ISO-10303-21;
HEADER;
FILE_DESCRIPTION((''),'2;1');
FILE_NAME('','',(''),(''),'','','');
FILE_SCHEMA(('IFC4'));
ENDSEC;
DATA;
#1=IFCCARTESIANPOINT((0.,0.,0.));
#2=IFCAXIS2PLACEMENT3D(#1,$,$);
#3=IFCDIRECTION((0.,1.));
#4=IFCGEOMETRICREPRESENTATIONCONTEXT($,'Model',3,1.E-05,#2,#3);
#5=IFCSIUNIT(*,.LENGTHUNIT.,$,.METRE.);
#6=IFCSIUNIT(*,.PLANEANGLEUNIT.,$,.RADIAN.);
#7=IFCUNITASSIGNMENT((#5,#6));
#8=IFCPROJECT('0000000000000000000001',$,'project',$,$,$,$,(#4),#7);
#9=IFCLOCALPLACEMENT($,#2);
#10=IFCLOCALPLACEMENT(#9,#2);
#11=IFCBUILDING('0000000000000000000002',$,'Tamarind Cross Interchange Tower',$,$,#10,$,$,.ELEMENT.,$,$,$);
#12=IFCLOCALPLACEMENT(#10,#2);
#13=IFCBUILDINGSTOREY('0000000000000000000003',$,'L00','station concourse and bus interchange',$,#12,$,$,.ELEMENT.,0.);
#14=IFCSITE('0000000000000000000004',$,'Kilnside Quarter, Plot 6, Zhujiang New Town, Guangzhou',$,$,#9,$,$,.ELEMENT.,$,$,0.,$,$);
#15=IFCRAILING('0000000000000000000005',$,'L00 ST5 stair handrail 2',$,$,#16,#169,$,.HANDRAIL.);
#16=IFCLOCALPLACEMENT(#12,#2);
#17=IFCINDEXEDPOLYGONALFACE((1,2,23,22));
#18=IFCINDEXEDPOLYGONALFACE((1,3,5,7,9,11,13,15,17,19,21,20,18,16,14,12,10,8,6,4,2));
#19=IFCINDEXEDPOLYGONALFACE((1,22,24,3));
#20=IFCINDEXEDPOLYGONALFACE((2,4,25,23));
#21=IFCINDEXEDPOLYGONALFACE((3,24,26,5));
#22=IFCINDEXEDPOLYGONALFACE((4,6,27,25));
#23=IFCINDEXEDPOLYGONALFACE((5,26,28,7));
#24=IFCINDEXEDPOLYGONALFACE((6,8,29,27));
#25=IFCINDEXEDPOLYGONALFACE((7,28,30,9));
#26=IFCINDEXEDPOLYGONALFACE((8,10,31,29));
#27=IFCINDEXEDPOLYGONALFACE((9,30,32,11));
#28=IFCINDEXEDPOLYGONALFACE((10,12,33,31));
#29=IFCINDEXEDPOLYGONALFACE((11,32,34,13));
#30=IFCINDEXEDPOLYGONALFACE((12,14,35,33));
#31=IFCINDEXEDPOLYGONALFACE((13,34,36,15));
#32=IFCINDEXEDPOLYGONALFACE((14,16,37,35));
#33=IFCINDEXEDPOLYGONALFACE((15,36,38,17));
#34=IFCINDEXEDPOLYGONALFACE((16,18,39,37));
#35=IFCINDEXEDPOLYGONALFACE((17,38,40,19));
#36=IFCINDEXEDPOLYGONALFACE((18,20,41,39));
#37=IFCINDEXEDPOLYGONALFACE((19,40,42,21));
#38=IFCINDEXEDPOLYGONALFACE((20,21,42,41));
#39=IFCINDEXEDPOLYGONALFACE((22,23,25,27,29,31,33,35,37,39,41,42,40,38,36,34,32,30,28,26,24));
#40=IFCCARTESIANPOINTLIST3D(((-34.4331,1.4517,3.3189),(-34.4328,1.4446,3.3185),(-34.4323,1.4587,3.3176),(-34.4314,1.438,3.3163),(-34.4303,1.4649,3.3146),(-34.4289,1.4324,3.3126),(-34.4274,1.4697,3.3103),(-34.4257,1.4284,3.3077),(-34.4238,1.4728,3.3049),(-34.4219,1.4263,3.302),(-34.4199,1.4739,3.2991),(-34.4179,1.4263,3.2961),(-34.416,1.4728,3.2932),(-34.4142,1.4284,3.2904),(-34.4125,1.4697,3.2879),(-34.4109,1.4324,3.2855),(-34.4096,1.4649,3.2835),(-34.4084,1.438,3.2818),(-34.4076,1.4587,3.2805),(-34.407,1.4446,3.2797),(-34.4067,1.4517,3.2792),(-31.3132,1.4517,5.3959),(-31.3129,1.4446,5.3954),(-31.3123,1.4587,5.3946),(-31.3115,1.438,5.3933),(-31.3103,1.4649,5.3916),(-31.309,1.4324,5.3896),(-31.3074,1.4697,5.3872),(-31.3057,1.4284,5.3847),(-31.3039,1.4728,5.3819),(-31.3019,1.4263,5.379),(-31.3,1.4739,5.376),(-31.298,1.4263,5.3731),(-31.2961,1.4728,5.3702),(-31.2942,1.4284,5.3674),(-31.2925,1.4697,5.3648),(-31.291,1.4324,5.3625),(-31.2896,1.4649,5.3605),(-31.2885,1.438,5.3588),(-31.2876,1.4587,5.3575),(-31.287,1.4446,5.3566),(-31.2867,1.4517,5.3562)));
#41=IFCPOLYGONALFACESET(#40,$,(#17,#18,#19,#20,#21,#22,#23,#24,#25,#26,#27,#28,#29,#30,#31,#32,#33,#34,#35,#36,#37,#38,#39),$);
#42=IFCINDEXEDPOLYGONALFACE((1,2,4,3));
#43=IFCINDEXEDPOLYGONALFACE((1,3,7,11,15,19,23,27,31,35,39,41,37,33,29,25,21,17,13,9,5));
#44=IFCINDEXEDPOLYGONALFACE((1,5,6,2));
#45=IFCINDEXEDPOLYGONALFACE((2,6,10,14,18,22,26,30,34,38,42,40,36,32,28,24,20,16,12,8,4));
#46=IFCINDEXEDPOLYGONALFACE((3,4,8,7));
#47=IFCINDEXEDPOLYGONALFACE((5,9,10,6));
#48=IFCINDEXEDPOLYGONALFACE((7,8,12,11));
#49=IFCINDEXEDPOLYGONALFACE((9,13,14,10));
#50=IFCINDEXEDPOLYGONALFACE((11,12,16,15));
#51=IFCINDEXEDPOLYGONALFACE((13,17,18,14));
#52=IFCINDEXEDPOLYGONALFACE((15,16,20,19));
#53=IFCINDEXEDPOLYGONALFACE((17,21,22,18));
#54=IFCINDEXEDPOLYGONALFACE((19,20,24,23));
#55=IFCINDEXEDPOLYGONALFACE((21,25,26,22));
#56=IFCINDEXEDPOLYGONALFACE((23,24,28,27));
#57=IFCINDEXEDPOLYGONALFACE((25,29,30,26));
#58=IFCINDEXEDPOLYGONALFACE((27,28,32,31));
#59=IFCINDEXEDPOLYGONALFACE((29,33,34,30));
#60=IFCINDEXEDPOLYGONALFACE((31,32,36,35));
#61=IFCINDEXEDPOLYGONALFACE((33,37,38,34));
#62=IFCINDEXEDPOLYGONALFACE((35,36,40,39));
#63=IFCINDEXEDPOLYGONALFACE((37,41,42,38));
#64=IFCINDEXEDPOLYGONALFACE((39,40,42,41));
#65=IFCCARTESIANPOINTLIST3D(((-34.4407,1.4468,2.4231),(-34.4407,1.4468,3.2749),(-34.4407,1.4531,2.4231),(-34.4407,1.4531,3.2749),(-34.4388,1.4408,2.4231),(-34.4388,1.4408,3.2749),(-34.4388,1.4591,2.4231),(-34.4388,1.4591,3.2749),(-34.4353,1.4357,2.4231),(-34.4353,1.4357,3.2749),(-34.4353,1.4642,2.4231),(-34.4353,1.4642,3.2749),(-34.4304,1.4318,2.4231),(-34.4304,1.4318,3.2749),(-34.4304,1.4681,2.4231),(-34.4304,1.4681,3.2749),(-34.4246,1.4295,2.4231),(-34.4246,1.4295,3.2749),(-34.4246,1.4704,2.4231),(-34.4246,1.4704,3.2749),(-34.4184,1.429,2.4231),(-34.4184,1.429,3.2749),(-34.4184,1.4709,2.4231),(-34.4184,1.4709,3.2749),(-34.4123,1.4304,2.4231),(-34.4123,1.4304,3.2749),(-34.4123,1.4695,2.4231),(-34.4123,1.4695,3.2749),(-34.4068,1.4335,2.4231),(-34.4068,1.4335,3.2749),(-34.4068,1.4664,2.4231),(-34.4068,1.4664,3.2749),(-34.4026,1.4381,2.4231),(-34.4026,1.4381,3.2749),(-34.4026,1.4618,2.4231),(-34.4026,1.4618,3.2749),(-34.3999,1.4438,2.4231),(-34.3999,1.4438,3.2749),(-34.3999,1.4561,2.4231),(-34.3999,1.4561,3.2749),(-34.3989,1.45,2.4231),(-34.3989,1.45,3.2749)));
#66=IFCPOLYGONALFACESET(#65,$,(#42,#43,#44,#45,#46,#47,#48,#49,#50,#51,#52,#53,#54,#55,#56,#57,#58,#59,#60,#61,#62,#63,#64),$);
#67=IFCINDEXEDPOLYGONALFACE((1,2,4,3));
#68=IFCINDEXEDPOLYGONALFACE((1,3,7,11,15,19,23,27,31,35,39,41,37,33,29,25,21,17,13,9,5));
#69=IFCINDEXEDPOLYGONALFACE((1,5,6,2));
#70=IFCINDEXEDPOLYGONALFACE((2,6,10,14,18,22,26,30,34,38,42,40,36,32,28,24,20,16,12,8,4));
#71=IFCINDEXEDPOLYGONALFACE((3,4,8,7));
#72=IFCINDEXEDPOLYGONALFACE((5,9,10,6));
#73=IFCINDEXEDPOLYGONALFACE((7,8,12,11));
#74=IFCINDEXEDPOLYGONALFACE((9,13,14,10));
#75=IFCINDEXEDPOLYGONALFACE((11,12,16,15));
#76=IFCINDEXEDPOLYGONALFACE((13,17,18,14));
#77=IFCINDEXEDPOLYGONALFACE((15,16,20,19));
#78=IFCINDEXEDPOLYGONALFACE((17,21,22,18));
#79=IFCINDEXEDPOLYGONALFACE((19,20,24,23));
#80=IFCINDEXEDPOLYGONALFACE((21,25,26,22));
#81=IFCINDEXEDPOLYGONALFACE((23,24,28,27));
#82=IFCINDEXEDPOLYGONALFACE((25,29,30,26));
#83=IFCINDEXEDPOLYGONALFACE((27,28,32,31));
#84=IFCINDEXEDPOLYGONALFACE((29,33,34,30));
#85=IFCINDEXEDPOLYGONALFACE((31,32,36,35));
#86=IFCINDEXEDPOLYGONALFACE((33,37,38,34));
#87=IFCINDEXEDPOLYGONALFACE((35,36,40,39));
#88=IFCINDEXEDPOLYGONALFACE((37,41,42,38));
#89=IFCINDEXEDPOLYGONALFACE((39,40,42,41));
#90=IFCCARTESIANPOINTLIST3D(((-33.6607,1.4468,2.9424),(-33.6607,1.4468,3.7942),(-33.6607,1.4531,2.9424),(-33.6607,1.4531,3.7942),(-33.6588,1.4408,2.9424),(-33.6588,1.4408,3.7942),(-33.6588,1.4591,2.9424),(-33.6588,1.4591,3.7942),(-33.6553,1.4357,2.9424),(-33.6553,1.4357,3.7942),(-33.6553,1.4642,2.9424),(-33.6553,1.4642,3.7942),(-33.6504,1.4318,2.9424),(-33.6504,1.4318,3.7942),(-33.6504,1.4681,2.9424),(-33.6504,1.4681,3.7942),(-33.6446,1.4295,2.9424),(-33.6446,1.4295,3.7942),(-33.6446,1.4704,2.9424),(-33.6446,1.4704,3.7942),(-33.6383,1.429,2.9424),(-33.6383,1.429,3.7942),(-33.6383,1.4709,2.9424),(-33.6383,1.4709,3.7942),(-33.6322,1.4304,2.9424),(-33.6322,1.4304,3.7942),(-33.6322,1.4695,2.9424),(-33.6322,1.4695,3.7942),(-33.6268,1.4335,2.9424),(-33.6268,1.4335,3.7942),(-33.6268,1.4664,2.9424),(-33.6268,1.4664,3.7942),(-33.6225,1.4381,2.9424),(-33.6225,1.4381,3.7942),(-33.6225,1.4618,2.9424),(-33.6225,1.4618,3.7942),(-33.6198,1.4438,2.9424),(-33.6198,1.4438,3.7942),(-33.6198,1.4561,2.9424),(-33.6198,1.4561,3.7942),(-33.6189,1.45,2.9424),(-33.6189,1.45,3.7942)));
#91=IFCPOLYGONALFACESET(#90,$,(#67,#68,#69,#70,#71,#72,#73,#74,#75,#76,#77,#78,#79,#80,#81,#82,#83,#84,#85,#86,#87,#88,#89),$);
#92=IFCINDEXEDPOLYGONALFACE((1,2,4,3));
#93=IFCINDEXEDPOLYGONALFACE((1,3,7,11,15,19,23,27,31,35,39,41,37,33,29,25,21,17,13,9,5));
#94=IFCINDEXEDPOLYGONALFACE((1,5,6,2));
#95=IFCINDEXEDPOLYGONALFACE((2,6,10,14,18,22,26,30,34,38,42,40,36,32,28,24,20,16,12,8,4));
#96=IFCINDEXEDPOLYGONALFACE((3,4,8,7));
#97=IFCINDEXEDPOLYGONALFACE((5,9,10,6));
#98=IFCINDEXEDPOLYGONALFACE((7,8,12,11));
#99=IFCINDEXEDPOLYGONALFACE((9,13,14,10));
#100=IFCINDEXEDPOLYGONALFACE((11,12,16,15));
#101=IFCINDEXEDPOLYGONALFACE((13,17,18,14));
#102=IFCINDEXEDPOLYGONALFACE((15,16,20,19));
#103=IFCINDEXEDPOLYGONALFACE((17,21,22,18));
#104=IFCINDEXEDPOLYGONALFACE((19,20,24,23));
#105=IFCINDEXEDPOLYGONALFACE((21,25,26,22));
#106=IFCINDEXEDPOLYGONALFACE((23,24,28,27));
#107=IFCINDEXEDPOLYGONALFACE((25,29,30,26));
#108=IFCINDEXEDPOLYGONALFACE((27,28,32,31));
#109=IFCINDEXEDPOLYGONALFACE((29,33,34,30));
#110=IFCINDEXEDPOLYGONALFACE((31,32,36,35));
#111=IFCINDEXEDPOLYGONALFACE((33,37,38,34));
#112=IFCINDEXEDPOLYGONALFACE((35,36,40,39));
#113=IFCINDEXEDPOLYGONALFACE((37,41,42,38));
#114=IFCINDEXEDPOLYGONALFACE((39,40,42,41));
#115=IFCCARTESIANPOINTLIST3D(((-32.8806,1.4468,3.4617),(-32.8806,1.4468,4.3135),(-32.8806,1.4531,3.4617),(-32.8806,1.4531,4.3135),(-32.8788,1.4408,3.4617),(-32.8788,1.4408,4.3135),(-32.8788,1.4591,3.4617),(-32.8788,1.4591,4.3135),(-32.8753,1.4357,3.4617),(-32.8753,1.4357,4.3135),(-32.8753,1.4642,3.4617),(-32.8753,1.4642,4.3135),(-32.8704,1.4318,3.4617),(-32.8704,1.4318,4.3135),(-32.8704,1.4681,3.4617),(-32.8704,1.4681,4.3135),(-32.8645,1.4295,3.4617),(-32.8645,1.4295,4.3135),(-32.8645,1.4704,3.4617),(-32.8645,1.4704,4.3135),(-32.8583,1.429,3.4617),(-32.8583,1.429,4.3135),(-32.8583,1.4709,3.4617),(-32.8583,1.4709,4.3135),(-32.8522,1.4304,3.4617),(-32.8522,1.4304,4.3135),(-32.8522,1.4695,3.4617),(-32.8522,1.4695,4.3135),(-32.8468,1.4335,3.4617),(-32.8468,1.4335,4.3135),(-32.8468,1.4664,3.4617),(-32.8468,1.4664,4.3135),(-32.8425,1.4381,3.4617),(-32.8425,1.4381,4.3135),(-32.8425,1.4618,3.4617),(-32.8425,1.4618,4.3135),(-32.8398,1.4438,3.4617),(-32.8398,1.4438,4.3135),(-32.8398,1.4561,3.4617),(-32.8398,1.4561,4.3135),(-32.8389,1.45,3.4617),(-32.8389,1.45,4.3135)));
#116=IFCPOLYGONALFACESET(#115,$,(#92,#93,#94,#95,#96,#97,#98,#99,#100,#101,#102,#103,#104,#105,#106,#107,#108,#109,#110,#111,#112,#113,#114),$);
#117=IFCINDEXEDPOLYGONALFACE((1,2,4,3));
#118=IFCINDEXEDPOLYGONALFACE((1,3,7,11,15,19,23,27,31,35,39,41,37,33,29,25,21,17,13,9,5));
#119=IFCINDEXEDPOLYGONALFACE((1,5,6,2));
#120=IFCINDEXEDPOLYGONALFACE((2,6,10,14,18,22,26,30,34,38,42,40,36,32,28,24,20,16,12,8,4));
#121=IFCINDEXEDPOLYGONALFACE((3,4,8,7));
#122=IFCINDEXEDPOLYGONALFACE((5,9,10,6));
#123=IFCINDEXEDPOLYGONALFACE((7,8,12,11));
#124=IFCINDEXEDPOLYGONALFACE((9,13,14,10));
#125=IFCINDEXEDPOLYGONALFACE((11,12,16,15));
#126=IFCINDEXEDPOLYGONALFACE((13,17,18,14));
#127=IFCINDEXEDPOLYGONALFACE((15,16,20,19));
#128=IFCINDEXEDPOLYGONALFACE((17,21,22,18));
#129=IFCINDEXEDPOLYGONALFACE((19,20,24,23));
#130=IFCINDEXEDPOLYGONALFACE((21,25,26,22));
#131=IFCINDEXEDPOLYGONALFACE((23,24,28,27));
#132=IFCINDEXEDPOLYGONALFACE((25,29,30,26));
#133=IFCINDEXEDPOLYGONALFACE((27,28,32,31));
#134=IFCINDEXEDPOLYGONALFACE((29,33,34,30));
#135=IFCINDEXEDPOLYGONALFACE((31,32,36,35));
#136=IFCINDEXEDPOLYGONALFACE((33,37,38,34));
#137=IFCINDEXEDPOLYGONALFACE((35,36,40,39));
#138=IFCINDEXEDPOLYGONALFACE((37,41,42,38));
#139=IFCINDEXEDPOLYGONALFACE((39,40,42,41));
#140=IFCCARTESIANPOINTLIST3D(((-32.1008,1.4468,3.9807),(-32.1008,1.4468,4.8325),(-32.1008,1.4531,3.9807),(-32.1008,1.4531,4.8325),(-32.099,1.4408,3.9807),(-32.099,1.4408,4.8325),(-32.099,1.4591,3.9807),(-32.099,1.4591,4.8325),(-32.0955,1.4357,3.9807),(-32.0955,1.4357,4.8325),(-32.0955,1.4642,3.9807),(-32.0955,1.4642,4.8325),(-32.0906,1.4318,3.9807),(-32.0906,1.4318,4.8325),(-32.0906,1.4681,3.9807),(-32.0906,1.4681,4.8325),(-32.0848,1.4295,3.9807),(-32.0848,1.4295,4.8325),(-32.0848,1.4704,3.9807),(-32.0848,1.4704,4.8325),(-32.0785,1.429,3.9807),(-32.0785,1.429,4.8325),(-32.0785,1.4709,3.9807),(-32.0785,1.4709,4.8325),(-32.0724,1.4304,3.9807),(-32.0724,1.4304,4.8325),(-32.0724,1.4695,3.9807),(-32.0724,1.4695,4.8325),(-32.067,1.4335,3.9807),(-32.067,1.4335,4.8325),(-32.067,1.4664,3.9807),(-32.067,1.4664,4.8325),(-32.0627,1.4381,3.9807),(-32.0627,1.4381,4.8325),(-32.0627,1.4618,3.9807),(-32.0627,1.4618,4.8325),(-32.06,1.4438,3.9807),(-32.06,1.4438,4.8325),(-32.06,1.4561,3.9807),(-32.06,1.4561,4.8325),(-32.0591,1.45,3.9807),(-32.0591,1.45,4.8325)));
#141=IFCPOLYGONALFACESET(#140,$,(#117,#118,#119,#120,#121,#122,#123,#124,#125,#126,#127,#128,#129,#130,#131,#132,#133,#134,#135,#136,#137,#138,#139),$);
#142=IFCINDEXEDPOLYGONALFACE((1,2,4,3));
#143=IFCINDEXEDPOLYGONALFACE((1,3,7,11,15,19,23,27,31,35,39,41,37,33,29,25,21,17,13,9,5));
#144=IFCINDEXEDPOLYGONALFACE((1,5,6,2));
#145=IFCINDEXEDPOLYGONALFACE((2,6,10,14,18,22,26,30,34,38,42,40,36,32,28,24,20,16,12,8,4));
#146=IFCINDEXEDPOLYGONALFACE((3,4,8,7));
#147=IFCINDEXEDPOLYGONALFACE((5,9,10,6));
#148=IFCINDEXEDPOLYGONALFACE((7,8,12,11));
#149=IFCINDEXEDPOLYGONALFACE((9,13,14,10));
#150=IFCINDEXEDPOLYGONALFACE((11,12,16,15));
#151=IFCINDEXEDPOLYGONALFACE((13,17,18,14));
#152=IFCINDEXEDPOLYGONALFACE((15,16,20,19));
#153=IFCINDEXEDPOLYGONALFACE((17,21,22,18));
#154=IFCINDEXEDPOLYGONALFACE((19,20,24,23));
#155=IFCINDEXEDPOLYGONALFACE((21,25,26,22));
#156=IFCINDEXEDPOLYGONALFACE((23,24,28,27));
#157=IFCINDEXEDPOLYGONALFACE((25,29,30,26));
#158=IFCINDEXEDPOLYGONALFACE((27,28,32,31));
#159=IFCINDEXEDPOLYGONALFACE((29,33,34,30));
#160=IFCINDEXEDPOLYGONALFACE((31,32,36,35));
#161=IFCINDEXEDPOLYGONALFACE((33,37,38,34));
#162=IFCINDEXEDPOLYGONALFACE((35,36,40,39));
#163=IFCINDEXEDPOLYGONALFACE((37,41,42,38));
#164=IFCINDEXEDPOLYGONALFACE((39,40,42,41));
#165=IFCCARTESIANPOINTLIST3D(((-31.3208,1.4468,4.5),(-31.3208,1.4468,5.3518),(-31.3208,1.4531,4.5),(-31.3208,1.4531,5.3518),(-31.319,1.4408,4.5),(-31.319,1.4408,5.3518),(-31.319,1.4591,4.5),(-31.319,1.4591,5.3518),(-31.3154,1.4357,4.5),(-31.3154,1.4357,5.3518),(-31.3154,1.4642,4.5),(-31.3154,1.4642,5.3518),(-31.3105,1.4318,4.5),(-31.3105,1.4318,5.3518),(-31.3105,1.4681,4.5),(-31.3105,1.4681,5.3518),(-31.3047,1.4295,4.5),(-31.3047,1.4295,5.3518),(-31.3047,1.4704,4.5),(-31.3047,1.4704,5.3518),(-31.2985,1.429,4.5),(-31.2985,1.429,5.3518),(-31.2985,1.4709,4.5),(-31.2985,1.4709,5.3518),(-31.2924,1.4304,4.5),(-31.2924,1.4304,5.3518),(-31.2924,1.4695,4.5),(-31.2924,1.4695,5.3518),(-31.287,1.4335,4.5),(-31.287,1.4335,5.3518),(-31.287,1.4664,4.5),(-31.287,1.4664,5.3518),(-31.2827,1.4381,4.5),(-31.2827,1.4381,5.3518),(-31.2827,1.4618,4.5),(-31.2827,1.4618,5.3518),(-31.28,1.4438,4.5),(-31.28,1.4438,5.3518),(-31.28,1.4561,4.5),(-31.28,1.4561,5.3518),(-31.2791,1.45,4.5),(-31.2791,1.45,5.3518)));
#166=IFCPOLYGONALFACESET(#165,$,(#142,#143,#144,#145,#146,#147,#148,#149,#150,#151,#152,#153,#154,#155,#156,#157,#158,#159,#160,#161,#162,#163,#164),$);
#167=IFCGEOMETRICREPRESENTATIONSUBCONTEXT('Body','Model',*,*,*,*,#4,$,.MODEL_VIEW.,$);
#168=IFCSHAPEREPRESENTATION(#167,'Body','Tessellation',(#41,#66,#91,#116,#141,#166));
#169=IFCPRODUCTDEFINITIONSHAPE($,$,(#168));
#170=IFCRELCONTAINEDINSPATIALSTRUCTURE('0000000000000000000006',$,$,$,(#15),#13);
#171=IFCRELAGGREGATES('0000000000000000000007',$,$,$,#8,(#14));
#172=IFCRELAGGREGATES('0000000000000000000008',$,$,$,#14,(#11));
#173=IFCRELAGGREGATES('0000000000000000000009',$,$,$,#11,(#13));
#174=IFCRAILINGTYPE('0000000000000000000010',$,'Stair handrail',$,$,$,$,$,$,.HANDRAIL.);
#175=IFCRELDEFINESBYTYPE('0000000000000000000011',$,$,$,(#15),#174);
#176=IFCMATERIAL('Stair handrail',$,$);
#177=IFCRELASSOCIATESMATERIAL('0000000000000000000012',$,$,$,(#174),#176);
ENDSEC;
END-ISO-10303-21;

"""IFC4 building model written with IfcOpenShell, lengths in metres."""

from ifc_helpers import new_model, si_unit, direction, frame, origin, origin_2d, place, context, subcontext, project, spatial, circle, extrude, material, type_object, element, save


model = new_model("IFC4")

# Units and contexts
model_context = context("Model", 3, precision=1e-05, world=origin(), true_north=direction((0.0, 1.0)))
body_context = subcontext(model_context, "Body", "Model", "MODEL_VIEW")
ifc_project = project(units=[si_unit("LENGTHUNIT", "METRE"), si_unit("PLANEANGLEUNIT", "RADIAN")], contexts=[model_context])

# Site, building, storey
site_placement = place(None, origin())
site = spatial("IfcSite", under=ifc_project, at=site_placement, Name="Kilnside Quarter, Plot 6, Zhujiang New Town, Guangzhou", CompositionType="ELEMENT", RefElevation=0.0)
building_placement = place(site_placement, origin())
building = spatial("IfcBuilding", under=site, at=building_placement, Name="Tamarind Cross Interchange Tower", CompositionType="ELEMENT")
storey_placement = place(building_placement, origin())
storey = spatial("IfcBuildingStorey", under=building, at=storey_placement, Name="L00", Description="station concourse and bus interchange", CompositionType="ELEMENT", Elevation=0.0)

# Railing
ifc_material_1 = material(Name="Stair handrail")
railing_type_1 = type_object("IfcRailingType", Name="Stair handrail", PredefinedType="HANDRAIL", material=ifc_material_1)
for number, where, name in (
    (1, (-34.4199, 1.45, 2.4231), "L00 ST5 stair handrail 2"),
):
    element("IfcRailing", number, at=place(storey_placement, frame(where)), inside=storey, type_object=railing_type_1, Name=name, PredefinedType="HANDRAIL", context=body_context, shape_type="SweptSolid", body=[
        extrude(circle(Radius=0.0239, at=origin_2d()), frame((0.0, 0.0, 0.876), z_axis=(0.832421, 0.0, 0.554144), x_axis=(0.0, 1.0, 0.0)), (0.0, 0.0, 1.0), 3.748),
        extrude(circle(Radius=0.021, at=origin_2d()), origin(), (0.0, 0.0, 1.0), 0.8518),
        extrude(circle(Radius=0.021, at=origin_2d()), frame((0.78, 0.0, 0.5193)), (0.0, 0.0, 1.0), 0.8518),
        extrude(circle(Radius=0.021, at=origin_2d()), frame((1.5601, 0.0, 1.0386)), (0.0, 0.0, 1.0), 0.8518),
        extrude(circle(Radius=0.021, at=origin_2d()), frame((2.3398, 0.0, 1.5576)), (0.0, 0.0, 1.0), 0.8518),
        extrude(circle(Radius=0.021, at=origin_2d()), frame((3.1199, 0.0, 2.0769)), (0.0, 0.0, 1.0), 0.8518),
    ])

save(model, "model.ifc")
